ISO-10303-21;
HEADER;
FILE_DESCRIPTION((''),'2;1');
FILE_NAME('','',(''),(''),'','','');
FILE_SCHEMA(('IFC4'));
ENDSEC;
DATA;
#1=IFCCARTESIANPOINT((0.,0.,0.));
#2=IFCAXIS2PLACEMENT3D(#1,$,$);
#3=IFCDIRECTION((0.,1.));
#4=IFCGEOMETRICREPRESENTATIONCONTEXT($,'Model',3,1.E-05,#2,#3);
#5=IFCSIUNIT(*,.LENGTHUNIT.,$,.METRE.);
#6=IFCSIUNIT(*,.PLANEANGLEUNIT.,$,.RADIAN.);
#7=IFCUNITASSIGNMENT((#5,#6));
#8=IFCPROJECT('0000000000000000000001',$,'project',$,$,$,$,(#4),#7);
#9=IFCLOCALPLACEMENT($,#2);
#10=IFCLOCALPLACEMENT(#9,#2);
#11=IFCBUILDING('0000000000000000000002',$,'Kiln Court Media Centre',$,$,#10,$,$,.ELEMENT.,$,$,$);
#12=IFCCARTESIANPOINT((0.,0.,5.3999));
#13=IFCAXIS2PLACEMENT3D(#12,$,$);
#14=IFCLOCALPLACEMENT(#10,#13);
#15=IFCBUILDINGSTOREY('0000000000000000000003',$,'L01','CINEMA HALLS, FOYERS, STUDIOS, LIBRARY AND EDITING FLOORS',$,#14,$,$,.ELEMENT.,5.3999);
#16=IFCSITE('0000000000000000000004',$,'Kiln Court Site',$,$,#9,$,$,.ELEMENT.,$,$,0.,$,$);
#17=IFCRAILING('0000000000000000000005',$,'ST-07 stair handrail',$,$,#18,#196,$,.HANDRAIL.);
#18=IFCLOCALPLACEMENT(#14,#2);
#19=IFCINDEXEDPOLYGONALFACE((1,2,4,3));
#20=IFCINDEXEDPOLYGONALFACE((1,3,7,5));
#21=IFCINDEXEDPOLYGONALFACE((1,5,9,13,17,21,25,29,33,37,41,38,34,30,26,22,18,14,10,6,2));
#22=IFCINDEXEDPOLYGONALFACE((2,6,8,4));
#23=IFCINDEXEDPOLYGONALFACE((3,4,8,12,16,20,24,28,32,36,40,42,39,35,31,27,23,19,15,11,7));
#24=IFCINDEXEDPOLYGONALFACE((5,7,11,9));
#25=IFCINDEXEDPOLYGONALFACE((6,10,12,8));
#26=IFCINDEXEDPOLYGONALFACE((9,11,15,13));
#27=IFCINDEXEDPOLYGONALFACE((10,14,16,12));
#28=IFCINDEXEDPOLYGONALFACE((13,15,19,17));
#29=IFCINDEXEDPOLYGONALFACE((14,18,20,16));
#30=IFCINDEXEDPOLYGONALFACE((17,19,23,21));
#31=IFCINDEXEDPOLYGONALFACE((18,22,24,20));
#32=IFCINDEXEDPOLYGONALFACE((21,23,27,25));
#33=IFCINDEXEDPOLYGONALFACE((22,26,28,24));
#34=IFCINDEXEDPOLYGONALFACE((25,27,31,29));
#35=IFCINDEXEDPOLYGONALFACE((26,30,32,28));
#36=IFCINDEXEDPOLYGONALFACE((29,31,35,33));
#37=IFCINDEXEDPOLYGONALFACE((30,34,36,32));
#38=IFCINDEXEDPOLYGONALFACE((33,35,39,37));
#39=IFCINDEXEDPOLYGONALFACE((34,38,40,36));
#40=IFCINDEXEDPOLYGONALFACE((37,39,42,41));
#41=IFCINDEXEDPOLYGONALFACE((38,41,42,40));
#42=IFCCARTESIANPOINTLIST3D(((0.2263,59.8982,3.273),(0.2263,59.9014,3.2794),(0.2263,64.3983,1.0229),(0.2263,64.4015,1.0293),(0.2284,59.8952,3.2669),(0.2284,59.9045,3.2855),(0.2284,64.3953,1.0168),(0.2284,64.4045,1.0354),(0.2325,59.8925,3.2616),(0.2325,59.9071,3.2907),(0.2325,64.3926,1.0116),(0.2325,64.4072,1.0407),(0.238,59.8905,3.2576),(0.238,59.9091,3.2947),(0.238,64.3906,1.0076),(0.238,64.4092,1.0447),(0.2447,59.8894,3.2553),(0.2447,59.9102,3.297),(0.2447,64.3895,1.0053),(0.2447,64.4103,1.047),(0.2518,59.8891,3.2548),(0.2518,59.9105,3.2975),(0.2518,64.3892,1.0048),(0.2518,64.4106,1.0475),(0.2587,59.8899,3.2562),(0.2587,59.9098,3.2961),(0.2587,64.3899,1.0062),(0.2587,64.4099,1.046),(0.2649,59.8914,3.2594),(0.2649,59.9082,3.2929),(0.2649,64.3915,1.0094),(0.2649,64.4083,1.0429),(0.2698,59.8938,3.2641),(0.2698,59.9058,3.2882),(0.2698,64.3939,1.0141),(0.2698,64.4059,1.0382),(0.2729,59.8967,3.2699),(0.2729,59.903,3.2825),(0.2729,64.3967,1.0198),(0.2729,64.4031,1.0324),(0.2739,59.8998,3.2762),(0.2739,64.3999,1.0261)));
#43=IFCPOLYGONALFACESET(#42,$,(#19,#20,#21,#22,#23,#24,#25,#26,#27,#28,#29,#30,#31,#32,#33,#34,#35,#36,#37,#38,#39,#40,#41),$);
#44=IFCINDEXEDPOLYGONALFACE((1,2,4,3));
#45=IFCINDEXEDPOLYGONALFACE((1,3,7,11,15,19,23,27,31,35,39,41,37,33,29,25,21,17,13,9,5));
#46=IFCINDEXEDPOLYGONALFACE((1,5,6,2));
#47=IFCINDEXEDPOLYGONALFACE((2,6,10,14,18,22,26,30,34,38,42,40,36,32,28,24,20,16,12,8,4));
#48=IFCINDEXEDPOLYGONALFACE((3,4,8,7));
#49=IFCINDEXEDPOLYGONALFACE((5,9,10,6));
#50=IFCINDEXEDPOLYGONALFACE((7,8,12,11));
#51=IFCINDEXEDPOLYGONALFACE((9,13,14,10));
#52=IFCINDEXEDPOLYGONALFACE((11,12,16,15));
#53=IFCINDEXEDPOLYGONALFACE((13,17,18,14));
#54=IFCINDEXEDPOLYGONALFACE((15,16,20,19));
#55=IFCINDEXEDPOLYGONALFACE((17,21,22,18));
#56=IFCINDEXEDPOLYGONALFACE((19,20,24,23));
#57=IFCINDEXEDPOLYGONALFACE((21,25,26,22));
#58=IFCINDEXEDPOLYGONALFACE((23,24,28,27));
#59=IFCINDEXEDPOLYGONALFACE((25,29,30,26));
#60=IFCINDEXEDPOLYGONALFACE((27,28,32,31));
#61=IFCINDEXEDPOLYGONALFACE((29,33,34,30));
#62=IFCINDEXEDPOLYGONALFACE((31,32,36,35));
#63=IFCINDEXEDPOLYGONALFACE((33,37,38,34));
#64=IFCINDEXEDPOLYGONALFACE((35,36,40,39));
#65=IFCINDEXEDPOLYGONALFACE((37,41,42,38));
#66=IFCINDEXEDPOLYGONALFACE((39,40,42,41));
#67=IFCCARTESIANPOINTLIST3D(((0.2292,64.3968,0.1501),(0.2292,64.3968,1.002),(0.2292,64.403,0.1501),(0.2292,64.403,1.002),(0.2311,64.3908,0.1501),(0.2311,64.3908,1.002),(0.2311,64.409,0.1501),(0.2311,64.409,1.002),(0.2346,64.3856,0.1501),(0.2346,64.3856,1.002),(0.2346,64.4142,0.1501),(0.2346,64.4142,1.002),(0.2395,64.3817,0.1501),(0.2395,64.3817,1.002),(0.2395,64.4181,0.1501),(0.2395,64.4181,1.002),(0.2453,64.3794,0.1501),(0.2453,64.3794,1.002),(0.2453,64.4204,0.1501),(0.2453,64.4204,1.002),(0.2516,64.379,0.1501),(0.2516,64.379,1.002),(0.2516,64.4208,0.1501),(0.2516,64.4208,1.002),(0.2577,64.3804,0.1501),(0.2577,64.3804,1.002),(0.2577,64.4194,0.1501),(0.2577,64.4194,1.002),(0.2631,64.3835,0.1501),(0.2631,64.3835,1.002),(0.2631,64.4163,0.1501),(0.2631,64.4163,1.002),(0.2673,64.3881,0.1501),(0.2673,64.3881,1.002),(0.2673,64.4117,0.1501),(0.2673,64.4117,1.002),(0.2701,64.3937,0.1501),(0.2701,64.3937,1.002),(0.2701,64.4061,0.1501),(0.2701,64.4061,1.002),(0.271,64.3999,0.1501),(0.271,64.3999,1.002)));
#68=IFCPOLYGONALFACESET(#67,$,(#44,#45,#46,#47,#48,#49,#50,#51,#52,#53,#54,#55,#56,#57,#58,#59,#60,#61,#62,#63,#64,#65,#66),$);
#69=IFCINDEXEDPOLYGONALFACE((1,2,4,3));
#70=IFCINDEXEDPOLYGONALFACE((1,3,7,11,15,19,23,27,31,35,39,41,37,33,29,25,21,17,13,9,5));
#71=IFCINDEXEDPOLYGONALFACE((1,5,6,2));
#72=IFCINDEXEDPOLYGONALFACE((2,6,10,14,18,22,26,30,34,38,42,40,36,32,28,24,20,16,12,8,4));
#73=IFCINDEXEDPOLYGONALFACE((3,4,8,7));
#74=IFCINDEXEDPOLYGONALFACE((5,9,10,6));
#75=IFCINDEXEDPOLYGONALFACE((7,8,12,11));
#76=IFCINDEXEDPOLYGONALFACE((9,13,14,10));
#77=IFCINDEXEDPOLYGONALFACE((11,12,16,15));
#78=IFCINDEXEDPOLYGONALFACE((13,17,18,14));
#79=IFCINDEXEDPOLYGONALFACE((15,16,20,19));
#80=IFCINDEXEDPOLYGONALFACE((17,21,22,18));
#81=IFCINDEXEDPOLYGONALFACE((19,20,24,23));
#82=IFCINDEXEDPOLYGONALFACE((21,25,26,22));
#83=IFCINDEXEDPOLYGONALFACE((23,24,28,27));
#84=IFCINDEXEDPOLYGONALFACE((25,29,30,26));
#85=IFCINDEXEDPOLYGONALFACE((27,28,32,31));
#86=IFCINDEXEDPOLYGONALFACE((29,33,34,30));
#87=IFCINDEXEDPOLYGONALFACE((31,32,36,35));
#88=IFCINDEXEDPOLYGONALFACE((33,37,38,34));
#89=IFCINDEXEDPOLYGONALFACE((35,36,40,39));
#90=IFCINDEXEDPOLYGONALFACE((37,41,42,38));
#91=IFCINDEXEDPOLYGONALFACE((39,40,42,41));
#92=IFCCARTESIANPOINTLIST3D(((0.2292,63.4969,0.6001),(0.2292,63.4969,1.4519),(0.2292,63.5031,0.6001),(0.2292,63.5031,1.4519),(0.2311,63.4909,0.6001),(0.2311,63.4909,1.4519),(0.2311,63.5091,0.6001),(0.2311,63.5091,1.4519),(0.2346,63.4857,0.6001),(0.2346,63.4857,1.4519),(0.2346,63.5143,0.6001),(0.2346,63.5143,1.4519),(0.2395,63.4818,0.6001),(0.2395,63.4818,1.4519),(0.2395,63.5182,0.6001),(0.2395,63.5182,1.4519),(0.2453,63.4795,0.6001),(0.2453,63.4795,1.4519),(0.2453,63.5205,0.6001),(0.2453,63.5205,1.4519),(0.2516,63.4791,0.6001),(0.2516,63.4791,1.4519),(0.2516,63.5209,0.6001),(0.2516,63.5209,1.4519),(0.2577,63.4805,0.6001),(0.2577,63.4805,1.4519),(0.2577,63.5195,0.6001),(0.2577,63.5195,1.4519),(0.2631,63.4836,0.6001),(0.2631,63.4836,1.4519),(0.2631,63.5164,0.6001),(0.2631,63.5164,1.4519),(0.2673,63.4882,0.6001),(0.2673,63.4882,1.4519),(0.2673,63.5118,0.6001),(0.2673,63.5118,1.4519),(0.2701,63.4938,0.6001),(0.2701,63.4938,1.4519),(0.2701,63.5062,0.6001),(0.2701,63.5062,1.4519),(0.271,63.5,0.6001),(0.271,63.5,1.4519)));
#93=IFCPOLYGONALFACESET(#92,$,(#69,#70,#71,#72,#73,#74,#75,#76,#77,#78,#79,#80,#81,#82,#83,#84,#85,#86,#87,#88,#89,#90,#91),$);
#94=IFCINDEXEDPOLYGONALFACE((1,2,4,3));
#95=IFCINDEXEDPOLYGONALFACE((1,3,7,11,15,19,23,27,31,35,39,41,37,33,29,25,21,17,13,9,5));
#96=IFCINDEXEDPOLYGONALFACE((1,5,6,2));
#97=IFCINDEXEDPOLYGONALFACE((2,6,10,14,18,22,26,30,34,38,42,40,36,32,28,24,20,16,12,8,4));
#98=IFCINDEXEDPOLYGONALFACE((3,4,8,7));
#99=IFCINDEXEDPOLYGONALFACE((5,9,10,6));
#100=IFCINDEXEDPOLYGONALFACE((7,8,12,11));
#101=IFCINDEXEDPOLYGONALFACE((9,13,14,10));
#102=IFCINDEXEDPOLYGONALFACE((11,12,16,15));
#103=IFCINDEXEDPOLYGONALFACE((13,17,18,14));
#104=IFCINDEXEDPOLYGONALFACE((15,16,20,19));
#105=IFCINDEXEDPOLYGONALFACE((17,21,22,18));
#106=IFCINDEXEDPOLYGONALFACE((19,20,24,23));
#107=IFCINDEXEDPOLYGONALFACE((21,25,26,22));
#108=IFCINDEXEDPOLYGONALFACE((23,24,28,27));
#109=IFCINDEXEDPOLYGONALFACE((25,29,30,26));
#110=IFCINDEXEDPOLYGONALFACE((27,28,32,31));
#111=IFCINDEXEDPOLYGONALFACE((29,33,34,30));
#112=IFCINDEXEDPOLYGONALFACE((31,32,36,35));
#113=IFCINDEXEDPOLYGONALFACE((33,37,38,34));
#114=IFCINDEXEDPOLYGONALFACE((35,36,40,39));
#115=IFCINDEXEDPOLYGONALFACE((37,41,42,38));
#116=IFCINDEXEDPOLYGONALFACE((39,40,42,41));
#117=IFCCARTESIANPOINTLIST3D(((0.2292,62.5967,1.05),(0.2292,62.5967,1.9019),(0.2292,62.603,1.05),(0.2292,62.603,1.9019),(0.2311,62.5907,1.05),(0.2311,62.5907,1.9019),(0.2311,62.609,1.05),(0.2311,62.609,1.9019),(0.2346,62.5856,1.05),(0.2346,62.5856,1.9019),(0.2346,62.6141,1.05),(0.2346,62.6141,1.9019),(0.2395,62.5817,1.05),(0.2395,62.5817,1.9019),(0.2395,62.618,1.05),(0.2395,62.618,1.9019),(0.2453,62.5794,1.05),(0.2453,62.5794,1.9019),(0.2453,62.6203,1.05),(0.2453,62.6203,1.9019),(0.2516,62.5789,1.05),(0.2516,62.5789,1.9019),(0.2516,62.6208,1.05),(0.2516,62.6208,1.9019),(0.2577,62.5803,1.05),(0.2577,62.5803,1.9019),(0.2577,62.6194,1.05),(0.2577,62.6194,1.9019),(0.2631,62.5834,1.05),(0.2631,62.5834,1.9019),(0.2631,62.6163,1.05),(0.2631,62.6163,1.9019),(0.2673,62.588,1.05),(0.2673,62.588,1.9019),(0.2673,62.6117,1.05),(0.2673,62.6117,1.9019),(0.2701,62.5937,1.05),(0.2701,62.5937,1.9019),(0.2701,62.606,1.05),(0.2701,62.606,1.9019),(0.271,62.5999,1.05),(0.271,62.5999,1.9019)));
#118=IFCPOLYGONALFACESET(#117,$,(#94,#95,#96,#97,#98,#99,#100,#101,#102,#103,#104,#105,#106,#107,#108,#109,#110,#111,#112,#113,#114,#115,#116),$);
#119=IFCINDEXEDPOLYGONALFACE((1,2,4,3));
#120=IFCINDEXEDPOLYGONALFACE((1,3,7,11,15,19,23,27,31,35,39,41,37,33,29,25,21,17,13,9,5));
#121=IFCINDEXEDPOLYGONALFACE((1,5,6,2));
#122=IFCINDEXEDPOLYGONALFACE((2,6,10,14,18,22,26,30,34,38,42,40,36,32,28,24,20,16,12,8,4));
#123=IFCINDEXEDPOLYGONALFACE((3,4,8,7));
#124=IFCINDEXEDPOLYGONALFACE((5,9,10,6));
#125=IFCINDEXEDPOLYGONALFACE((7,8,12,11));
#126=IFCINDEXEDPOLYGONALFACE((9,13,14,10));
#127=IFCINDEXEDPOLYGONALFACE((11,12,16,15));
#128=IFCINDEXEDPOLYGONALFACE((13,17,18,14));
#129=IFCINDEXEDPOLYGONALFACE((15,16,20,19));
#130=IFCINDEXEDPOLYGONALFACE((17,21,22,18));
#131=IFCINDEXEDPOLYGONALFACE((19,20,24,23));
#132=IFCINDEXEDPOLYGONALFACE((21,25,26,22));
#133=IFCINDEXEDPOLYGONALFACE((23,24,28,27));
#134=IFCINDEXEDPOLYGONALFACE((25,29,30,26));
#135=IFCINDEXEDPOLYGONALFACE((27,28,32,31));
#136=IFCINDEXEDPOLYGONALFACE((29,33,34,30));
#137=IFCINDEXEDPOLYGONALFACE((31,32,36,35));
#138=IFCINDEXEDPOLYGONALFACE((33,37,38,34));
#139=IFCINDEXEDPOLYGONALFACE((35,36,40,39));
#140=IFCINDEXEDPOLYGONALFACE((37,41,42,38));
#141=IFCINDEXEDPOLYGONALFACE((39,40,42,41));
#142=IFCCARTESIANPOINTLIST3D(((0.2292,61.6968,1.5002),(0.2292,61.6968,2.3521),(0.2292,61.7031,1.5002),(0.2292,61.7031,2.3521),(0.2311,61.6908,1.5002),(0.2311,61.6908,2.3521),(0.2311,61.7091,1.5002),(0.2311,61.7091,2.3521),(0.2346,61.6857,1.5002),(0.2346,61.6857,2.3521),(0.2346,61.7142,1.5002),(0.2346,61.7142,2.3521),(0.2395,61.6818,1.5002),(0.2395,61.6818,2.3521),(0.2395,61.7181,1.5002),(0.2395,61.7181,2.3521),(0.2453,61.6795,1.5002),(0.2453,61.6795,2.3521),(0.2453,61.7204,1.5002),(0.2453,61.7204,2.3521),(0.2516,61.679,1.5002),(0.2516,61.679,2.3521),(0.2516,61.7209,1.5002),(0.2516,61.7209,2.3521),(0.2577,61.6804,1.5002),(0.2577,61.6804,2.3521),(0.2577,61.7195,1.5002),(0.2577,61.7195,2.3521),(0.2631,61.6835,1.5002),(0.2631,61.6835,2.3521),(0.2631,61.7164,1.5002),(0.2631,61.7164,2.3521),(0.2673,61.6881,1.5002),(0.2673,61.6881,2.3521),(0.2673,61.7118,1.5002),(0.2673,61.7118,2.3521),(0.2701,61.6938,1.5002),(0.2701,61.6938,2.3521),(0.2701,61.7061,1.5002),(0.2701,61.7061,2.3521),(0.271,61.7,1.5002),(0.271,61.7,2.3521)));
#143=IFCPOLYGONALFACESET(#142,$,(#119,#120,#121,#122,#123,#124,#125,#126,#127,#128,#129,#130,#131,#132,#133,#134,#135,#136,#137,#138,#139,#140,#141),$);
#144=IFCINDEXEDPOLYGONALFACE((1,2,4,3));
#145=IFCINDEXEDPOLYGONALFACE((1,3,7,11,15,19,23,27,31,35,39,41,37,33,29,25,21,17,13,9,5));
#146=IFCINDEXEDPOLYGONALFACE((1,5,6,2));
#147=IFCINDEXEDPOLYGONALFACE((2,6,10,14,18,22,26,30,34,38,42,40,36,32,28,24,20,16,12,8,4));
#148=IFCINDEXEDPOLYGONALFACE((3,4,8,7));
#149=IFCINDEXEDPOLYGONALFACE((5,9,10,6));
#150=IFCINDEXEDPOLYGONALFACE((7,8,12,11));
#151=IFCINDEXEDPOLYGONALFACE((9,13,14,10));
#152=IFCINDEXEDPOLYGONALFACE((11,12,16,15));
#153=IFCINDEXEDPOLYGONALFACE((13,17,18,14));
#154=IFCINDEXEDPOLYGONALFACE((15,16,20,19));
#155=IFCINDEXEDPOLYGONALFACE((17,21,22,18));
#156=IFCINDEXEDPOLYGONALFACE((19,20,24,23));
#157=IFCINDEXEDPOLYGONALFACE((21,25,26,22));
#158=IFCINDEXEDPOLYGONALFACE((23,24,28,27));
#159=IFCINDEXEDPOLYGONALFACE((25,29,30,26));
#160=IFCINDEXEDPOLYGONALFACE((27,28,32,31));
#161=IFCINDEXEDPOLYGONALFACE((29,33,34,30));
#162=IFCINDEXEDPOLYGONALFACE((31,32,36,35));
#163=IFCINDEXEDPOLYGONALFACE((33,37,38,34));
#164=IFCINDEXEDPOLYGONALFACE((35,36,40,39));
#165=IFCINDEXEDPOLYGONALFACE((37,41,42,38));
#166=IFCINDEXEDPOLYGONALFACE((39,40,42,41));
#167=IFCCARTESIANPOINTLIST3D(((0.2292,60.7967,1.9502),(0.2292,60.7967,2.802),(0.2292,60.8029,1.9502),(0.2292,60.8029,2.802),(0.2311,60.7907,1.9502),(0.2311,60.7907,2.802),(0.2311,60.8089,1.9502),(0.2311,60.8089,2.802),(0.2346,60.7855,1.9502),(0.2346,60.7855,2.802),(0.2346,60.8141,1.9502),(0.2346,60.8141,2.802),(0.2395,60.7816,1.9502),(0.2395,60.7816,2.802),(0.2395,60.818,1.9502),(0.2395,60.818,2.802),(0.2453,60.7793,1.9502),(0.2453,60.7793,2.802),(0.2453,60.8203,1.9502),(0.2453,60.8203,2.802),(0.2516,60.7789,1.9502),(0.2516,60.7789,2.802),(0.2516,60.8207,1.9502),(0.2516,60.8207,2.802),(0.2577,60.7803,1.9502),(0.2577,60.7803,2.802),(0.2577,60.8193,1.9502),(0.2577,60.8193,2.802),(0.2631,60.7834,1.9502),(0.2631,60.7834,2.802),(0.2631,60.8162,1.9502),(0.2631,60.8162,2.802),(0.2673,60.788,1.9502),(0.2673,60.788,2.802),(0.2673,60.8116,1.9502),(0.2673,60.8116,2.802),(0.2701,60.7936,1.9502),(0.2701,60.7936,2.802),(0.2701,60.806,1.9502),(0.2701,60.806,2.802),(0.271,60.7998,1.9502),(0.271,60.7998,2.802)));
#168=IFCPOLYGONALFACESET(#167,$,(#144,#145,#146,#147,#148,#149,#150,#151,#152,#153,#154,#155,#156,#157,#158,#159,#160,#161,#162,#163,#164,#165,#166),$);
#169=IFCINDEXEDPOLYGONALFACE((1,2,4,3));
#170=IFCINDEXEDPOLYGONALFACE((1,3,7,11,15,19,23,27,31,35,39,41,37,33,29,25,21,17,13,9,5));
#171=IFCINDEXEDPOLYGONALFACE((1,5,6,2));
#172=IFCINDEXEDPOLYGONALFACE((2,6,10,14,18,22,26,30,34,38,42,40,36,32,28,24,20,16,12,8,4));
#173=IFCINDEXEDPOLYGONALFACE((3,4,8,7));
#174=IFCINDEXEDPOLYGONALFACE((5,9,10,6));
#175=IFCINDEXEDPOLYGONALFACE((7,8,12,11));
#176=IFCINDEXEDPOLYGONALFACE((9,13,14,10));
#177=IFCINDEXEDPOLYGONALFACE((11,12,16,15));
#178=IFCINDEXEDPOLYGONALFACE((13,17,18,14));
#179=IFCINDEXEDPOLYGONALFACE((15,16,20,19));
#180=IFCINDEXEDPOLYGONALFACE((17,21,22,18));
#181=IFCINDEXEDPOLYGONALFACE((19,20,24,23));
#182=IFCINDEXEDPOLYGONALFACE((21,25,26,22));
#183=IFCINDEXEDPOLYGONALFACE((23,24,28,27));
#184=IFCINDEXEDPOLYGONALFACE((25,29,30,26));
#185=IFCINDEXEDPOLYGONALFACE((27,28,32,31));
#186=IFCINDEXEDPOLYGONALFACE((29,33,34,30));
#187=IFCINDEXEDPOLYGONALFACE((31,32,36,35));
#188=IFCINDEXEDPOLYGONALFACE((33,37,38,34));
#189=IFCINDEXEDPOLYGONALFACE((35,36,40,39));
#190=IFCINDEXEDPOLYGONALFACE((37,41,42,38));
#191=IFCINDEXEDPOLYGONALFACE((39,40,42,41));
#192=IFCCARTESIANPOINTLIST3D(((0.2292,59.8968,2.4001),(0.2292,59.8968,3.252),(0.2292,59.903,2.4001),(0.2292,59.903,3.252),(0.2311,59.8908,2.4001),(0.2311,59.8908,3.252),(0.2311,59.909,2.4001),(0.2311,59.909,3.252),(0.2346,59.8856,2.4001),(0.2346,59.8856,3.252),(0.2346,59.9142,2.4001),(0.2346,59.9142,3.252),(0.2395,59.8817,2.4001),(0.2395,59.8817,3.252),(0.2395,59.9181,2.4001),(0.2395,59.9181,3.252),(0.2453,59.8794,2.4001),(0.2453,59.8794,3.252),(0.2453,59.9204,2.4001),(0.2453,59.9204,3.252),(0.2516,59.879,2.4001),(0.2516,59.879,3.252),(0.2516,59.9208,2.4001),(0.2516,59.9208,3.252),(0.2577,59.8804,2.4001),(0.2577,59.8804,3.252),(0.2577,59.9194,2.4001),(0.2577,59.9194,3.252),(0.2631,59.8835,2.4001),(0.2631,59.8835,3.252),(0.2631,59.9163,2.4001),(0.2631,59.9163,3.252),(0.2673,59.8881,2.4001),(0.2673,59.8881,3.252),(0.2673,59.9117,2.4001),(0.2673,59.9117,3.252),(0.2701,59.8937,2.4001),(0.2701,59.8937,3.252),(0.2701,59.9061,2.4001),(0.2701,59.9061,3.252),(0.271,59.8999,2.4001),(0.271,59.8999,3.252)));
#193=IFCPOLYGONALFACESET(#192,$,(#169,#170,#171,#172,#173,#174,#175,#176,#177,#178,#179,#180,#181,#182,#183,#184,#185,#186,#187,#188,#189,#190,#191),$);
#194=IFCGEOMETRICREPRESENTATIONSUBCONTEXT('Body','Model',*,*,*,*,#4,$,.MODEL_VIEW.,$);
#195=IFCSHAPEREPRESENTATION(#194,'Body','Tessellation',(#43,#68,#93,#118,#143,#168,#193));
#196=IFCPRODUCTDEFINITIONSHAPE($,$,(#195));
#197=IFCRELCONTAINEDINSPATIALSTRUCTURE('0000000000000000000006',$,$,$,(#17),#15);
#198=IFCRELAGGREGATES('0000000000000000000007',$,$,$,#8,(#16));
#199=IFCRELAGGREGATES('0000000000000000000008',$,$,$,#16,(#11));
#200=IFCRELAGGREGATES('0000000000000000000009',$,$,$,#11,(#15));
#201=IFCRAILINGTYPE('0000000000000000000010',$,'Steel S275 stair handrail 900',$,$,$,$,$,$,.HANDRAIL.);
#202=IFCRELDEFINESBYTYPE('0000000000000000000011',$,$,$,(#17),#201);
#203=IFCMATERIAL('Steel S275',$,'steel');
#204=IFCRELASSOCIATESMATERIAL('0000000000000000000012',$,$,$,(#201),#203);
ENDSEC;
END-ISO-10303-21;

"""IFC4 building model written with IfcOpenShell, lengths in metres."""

from ifc_helpers import new_model, si_unit, direction, frame, origin, origin_2d, place, context, subcontext, project, spatial, circle, extrude, material, type_object, element, save


model = new_model("IFC4")

# Units and contexts
model_context = context("Model", 3, precision=1e-05, world=origin(), true_north=direction((0.0, 1.0)))
body_context = subcontext(model_context, "Body", "Model", "MODEL_VIEW")
ifc_project = project(units=[si_unit("LENGTHUNIT", "METRE"), si_unit("PLANEANGLEUNIT", "RADIAN")], contexts=[model_context])

# Site, building, storey
site_placement = place(None, origin())
site = spatial("IfcSite", under=ifc_project, at=site_placement, Name="Kiln Court Site", CompositionType="ELEMENT", RefElevation=0.0)
building_placement = place(site_placement, origin())
building = spatial("IfcBuilding", under=site, at=building_placement, Name="Kiln Court Media Centre", CompositionType="ELEMENT")
storey_placement = place(building_placement, frame((0.0, 0.0, 5.3999)))
storey = spatial("IfcBuildingStorey", under=building, at=storey_placement, Name="L01", Description="CINEMA HALLS, FOYERS, STUDIOS, LIBRARY AND EDITING FLOORS", CompositionType="ELEMENT", Elevation=5.3999)

# Railing
ifc_material_1 = material(Name="Steel S275", Category="steel")
railing_type_1 = type_object("IfcRailingType", Name="Steel S275 stair handrail 900", PredefinedType="HANDRAIL", material=ifc_material_1)
railing_1_placement = place(storey_placement, frame((0.25, 64.3999, 0.1501)))
element("IfcRailing", 1, at=railing_1_placement, inside=storey, type_object=railing_type_1, Name="ST-07 stair handrail", PredefinedType="HANDRAIL", context=body_context, shape_type="SweptSolid", body=[
    extrude(circle(Radius=0.0239, at=origin_2d()), frame((0.0, 0.0, 0.876), z_axis=(0.0, -0.894427, 0.447214), x_axis=(1.0, 0.0, 0.0)), (0.0, 0.0, 1.0), 5.0312),
    extrude(circle(Radius=0.021, at=origin_2d()), origin(), (0.0, 0.0, 1.0), 0.8518),
    extrude(circle(Radius=0.021, at=origin_2d()), frame((0.0, -0.8999, 0.45)), (0.0, 0.0, 1.0), 0.8518),
    extrude(circle(Radius=0.021, at=origin_2d()), frame((0.0, -1.8, 0.8999)), (0.0, 0.0, 1.0), 0.8518),
    extrude(circle(Radius=0.021, at=origin_2d()), frame((0.0, -2.7, 1.3501)), (0.0, 0.0, 1.0), 0.8518),
    extrude(circle(Radius=0.021, at=origin_2d()), frame((0.0, -3.6001, 1.8)), (0.0, 0.0, 1.0), 0.8518),
    extrude(circle(Radius=0.021, at=origin_2d()), frame((0.0, -4.5, 2.25)), (0.0, 0.0, 1.0), 0.8518),
])

save(model, "model.ifc")
